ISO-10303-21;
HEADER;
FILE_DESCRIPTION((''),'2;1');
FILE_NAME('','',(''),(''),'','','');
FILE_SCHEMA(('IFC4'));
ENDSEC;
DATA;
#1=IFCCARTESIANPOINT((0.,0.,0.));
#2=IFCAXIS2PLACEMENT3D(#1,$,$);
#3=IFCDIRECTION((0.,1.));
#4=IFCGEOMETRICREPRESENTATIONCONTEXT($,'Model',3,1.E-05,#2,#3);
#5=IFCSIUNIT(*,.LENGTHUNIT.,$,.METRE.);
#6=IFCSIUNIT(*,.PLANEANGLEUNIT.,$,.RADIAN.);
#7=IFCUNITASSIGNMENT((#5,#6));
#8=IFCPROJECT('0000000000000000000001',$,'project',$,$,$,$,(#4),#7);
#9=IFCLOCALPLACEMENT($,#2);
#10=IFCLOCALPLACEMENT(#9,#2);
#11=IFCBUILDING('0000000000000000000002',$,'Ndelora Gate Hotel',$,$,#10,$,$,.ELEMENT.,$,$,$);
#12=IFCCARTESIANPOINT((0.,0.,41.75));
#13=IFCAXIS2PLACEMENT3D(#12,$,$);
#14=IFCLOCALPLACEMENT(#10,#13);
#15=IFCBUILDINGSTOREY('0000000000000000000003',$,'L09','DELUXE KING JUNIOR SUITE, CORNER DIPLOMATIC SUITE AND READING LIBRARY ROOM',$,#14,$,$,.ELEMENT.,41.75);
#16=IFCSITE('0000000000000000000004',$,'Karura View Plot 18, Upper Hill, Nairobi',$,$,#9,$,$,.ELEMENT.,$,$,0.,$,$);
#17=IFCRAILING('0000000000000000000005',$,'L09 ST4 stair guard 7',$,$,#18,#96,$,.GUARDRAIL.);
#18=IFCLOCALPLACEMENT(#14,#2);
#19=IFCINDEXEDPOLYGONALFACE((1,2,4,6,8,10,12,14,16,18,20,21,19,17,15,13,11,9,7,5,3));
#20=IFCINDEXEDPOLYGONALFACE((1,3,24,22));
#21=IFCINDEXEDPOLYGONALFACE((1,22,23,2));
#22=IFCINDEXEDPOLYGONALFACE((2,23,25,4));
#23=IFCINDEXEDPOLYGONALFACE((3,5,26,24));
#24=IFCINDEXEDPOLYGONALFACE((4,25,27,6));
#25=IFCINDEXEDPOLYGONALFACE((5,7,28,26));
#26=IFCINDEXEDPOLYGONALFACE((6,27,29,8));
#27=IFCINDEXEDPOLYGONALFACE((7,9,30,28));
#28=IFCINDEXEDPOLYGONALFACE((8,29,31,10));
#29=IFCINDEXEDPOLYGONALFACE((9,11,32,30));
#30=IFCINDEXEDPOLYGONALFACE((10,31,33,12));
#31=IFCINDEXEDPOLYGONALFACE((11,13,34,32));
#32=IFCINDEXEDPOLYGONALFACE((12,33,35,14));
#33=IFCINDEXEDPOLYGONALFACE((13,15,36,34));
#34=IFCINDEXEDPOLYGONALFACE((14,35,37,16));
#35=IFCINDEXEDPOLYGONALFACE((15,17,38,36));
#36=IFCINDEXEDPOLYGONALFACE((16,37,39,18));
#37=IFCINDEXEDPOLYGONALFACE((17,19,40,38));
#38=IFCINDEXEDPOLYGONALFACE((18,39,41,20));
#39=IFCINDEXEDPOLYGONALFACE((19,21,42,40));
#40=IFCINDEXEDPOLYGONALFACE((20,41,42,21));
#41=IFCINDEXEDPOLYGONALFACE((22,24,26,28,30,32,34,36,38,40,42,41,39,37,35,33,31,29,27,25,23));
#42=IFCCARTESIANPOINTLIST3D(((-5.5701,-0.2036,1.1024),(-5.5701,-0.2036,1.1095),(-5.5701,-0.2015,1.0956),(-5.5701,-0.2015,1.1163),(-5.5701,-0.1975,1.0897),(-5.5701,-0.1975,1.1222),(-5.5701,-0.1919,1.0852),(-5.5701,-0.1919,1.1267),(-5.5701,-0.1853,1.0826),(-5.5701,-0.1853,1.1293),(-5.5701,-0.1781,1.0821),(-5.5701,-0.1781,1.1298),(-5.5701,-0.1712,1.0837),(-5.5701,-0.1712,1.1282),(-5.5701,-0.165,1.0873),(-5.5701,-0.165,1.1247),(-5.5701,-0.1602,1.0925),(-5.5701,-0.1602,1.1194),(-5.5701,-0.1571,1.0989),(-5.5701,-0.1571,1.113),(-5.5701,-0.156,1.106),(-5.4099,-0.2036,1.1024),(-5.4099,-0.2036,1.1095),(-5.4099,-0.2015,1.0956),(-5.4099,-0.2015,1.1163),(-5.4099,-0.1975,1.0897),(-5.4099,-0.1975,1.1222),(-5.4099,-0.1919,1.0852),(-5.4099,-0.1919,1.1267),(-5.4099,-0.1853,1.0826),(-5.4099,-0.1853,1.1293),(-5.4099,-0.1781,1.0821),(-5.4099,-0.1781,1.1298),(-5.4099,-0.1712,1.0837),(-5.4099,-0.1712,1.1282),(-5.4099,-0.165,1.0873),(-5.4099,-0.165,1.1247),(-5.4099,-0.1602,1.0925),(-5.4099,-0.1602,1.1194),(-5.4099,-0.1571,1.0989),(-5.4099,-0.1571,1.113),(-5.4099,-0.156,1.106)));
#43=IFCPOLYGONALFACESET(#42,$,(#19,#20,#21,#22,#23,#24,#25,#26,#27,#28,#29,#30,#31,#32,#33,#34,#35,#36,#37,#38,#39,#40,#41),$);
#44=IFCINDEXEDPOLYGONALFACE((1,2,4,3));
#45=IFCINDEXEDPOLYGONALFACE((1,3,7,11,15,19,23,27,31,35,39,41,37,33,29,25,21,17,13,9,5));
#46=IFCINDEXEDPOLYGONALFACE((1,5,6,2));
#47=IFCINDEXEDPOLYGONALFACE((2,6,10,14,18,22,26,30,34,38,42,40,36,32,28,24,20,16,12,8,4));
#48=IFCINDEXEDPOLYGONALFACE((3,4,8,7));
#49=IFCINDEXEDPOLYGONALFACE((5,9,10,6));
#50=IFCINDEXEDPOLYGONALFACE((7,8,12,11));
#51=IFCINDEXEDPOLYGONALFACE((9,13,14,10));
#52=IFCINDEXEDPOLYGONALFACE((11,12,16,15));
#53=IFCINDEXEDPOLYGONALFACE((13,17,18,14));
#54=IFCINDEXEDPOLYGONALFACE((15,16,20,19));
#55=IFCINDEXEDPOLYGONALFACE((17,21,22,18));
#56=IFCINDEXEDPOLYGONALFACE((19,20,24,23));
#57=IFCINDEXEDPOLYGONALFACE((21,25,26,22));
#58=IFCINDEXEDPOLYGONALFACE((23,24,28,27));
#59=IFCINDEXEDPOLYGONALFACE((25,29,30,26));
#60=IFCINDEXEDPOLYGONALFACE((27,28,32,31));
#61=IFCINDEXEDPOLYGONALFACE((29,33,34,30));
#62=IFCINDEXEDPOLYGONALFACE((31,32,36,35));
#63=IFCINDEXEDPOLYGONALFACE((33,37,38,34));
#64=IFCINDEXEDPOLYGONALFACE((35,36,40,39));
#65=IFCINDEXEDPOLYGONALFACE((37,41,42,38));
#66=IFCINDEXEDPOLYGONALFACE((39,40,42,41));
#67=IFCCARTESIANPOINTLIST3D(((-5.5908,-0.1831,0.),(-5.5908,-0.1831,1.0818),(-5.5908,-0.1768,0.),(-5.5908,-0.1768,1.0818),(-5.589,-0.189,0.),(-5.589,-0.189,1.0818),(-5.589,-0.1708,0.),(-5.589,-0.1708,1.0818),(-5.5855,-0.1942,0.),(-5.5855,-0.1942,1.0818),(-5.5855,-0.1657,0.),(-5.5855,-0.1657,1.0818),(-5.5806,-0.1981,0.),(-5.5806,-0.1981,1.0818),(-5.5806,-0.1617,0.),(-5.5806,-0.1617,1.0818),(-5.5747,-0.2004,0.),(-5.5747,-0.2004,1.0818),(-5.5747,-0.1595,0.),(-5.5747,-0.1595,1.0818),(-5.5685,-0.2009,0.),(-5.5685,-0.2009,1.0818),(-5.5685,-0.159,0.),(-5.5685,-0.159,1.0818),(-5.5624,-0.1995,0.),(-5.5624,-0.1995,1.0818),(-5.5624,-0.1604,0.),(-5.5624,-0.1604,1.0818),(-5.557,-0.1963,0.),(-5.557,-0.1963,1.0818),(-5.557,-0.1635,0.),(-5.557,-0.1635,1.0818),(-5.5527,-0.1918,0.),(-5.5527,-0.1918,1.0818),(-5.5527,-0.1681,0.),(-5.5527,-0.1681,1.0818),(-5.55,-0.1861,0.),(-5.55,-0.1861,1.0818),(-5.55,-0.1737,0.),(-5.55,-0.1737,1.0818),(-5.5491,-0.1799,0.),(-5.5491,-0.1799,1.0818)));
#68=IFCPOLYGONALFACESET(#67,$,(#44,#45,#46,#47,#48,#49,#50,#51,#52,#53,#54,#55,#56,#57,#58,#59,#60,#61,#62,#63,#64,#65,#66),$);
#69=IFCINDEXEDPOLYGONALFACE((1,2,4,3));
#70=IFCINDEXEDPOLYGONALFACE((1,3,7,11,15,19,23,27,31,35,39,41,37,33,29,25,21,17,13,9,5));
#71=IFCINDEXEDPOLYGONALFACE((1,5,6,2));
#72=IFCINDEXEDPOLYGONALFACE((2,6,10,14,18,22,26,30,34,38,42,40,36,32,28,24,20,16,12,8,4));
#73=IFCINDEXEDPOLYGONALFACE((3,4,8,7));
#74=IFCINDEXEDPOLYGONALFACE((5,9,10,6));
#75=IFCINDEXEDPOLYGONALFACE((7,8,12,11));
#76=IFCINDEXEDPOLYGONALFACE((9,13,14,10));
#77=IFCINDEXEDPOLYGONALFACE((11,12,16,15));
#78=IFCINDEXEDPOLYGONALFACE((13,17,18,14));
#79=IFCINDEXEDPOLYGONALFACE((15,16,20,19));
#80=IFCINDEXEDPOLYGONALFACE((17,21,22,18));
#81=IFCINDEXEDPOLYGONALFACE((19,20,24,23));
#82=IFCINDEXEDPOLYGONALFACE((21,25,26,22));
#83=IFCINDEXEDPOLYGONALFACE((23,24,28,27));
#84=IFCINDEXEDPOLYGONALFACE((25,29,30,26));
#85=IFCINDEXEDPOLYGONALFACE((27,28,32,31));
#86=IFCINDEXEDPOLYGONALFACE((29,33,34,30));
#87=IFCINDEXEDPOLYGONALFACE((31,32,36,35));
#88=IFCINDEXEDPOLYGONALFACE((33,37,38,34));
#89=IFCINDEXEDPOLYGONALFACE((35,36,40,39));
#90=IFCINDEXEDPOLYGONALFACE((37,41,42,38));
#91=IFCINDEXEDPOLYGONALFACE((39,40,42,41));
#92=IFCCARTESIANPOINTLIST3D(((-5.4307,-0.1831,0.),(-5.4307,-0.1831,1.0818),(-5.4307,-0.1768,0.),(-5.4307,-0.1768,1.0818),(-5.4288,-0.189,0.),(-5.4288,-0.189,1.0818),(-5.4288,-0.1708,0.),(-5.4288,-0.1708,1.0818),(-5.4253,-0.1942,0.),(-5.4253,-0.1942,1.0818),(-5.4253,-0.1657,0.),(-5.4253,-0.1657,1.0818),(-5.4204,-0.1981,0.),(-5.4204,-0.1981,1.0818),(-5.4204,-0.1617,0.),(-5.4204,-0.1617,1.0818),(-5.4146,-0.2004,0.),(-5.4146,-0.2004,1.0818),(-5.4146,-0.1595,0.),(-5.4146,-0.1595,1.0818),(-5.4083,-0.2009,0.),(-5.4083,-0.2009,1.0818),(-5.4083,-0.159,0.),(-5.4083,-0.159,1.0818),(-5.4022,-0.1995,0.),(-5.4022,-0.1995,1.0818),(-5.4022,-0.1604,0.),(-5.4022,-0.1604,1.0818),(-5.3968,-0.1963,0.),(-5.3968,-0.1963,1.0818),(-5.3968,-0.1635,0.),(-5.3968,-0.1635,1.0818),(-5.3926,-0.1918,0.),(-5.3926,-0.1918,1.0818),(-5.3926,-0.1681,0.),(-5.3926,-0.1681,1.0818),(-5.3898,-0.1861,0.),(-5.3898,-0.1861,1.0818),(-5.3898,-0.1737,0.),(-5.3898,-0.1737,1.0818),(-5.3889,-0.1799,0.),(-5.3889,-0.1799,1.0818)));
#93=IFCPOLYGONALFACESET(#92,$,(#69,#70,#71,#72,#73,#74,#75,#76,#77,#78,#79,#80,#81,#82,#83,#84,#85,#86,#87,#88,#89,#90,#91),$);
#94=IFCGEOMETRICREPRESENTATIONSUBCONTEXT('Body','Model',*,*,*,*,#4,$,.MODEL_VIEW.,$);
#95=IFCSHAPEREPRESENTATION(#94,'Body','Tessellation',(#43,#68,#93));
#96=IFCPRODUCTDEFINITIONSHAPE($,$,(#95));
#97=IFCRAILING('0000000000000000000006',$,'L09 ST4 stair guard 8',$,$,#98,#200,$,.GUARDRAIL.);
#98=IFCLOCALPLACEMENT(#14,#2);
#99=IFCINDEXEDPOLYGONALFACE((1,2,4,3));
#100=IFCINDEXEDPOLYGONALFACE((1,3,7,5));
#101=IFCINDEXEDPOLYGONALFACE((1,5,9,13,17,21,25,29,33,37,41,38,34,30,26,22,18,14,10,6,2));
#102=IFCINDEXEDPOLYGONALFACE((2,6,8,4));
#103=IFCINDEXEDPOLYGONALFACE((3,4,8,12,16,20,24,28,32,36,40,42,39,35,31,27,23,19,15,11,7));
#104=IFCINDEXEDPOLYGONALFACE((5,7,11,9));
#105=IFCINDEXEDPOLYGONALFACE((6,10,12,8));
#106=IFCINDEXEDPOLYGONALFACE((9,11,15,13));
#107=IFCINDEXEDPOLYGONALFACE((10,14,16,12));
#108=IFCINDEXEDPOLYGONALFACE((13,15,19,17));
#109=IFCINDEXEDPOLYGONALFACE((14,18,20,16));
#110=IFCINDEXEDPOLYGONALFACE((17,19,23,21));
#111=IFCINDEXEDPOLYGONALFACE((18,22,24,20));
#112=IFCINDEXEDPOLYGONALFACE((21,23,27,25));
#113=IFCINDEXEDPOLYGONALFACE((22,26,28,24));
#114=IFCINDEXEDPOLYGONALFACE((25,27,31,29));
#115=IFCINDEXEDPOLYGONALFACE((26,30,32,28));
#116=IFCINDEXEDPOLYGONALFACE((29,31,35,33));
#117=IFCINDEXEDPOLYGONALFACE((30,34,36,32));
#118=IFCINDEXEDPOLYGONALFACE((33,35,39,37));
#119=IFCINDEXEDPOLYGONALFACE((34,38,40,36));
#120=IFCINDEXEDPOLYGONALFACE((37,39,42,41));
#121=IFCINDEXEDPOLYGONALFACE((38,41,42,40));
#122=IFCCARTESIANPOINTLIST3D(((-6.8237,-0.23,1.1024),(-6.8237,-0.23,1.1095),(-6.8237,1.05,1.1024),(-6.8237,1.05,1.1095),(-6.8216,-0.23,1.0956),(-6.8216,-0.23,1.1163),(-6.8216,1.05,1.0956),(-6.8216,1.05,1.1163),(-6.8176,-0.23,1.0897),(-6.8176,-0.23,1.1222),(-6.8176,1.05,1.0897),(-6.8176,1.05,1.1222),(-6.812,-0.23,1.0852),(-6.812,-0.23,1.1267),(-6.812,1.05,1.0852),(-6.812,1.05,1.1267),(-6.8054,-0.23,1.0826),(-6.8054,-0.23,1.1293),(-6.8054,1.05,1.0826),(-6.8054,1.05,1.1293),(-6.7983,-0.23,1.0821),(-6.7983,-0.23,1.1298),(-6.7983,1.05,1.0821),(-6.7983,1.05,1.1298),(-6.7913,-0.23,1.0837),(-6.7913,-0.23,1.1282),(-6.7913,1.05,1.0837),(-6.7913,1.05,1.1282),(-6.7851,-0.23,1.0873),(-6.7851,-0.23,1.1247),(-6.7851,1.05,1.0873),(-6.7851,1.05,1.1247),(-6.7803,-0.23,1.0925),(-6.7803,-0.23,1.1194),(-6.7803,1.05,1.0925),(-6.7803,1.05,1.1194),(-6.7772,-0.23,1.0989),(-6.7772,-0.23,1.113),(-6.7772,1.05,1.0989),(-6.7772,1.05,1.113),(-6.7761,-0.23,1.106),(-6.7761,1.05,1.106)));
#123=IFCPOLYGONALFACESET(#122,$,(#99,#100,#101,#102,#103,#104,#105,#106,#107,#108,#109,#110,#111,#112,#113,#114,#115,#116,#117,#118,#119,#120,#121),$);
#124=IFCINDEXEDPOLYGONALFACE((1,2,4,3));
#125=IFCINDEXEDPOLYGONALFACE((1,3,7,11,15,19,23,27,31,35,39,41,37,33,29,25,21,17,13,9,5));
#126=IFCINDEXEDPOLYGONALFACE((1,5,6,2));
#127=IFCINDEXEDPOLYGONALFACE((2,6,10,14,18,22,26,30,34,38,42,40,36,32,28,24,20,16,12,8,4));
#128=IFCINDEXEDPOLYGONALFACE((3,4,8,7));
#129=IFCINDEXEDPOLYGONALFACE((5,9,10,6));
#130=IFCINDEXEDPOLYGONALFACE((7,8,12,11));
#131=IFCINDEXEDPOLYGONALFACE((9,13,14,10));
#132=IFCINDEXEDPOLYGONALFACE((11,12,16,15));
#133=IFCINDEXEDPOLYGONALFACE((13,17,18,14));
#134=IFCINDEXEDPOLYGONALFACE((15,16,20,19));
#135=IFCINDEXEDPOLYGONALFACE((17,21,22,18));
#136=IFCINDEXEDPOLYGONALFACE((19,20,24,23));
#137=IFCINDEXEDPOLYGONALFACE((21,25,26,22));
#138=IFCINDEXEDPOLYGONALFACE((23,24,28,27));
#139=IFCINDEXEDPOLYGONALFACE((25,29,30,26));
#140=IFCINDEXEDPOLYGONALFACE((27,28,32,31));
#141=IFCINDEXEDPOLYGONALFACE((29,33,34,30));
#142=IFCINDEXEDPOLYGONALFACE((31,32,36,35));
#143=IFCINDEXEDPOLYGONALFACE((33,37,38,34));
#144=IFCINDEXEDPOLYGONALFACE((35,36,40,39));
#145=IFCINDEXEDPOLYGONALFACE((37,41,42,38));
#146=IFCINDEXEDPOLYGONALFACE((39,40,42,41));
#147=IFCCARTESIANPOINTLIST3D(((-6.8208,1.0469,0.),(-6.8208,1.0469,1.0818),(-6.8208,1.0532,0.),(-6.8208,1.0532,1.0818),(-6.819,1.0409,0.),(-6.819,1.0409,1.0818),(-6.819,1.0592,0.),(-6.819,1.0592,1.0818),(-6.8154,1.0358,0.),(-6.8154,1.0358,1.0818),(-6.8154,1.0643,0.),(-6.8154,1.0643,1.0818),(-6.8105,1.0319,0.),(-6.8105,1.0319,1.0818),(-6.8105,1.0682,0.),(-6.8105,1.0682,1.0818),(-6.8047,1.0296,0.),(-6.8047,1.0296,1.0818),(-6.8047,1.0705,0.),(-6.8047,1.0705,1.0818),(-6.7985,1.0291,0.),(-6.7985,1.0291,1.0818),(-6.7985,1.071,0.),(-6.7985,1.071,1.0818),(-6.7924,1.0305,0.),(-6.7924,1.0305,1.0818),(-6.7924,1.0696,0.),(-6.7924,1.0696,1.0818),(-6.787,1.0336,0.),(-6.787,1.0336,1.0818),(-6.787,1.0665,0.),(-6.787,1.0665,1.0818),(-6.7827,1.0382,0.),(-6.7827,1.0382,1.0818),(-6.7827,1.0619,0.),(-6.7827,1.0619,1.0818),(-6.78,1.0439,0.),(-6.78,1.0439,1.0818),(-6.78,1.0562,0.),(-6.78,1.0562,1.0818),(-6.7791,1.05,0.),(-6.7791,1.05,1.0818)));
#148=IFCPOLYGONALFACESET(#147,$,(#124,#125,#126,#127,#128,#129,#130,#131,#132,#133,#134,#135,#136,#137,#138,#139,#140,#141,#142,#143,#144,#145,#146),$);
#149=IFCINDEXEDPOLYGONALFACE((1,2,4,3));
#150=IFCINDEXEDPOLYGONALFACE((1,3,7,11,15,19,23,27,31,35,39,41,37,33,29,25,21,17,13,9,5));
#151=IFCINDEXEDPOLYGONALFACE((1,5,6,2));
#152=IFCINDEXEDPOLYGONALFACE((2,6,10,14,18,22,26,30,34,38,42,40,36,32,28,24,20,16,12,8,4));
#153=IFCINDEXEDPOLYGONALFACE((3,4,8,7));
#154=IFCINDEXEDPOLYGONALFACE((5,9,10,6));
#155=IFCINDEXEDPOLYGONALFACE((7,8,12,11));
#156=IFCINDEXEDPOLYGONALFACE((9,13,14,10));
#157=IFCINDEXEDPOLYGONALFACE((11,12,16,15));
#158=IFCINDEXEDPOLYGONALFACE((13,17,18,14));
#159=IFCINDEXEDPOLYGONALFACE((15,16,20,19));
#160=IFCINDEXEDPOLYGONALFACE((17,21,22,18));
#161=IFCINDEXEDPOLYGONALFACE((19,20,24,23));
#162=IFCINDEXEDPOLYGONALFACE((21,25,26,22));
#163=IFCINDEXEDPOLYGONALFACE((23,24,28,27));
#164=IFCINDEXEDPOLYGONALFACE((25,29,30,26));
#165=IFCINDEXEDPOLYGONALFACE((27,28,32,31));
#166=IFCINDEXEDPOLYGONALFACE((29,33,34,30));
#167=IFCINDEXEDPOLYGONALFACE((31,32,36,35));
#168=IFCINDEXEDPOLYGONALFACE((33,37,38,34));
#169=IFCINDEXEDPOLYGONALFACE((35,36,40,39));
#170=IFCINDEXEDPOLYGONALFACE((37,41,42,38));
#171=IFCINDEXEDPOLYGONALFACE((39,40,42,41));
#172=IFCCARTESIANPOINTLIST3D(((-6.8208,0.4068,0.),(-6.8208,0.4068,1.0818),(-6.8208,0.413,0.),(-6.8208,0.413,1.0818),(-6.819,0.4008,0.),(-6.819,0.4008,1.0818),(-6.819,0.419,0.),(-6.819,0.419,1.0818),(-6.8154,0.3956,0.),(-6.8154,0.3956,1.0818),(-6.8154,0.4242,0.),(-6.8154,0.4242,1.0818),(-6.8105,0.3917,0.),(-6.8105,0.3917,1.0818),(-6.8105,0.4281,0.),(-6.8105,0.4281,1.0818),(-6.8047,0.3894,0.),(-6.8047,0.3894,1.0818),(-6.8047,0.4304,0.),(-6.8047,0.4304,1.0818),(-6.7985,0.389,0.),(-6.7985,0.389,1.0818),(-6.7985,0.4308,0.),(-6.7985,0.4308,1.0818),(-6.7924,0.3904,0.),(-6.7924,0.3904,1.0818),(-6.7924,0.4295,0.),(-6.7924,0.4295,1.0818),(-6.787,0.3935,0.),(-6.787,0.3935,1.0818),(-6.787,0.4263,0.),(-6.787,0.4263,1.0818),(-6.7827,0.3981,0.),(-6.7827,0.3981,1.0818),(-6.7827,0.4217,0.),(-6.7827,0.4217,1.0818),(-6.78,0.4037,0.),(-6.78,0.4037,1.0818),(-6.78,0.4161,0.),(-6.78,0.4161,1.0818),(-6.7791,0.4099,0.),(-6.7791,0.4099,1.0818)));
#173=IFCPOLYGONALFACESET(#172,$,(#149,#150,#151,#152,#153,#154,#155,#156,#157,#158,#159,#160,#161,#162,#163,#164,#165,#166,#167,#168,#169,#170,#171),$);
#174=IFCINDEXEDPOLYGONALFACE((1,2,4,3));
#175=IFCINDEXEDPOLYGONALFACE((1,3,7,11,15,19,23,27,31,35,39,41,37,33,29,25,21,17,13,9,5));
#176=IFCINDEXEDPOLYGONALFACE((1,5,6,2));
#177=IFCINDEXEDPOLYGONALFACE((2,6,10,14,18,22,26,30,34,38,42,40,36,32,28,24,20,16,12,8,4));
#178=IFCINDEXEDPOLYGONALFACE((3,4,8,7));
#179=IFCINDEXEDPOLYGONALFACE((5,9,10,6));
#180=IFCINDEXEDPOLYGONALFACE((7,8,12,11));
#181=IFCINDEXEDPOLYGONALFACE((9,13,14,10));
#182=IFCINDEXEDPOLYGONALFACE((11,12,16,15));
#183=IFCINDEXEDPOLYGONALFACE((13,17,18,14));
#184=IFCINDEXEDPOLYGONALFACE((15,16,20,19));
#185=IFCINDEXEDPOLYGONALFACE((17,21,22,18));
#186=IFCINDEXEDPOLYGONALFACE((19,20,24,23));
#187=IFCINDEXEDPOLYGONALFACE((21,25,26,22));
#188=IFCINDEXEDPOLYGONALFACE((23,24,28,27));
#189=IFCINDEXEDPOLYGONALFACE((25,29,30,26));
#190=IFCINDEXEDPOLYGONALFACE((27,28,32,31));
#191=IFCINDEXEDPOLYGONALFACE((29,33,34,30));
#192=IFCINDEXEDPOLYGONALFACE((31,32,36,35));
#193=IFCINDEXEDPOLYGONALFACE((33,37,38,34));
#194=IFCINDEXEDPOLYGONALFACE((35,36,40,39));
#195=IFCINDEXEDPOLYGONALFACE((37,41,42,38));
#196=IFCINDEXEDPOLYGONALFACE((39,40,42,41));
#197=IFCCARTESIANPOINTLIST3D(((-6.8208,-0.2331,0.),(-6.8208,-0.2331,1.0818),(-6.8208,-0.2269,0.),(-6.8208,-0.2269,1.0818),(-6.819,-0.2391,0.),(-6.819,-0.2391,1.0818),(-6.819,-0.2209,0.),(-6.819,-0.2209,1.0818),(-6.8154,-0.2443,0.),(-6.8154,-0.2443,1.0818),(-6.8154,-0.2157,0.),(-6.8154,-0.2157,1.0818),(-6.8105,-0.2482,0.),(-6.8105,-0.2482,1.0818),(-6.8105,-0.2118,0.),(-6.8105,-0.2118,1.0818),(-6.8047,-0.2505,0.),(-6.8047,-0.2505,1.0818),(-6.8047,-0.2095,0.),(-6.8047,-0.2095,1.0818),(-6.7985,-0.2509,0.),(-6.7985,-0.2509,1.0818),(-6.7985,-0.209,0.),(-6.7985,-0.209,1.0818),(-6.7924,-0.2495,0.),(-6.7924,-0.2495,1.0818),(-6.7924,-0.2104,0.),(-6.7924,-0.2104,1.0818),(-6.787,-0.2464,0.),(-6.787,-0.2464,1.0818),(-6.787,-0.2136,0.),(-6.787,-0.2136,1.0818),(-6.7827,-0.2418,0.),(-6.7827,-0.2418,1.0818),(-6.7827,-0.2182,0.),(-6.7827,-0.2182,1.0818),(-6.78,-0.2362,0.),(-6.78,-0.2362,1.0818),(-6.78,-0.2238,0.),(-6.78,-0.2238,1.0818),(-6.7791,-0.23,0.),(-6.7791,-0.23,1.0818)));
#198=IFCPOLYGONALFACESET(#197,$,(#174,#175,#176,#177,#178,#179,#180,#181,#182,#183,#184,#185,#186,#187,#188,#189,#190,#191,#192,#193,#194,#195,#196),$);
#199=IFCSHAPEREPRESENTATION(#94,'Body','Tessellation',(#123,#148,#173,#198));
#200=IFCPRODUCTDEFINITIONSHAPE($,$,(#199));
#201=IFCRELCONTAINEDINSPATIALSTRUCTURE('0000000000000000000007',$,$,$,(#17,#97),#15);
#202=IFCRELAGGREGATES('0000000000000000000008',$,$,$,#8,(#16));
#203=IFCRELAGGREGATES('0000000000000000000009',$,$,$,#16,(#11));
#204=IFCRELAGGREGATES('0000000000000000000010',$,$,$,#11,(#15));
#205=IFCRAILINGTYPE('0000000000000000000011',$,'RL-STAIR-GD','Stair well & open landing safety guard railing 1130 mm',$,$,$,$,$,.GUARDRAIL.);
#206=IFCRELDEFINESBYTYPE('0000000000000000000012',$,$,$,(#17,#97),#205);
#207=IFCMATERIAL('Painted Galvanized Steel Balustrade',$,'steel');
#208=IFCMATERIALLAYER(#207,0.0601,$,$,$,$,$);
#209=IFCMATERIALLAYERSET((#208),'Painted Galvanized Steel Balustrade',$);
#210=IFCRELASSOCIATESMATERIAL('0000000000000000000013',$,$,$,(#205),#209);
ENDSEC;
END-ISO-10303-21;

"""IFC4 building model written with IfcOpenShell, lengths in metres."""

from ifc_helpers import new_model, si_unit, direction, frame, origin, origin_2d, place, context, subcontext, project, spatial, circle, extrude, material, layer, layer_set, type_object, element, save


model = new_model("IFC4")

# Units and contexts
model_context = context("Model", 3, precision=1e-05, world=origin(), true_north=direction((0.0, 1.0)))
body_context = subcontext(model_context, "Body", "Model", "MODEL_VIEW")
ifc_project = project(units=[si_unit("LENGTHUNIT", "METRE"), si_unit("PLANEANGLEUNIT", "RADIAN")], contexts=[model_context])

# Site, building, storey
site_placement = place(None, origin())
site = spatial("IfcSite", under=ifc_project, at=site_placement, Name="Karura View Plot 18, Upper Hill, Nairobi", CompositionType="ELEMENT", RefElevation=0.0)
building_placement = place(site_placement, origin())
building = spatial("IfcBuilding", under=site, at=building_placement, Name="Ndelora Gate Hotel", CompositionType="ELEMENT")
storey_placement = place(building_placement, frame((0.0, 0.0, 41.75)))
storey = spatial("IfcBuildingStorey", under=building, at=storey_placement, Name="L09", Description="DELUXE KING JUNIOR SUITE, CORNER DIPLOMATIC SUITE AND READING LIBRARY ROOM", CompositionType="ELEMENT", Elevation=41.75)

# Railings
ifc_material_1 = material(Name="Painted Galvanized Steel Balustrade", Category="steel")
ifc_layer_1 = layer(ifc_material_1, 0.0601)
ifc_layer_set_1 = layer_set([ifc_layer_1], Name="Painted Galvanized Steel Balustrade")
railing_type_1 = type_object("IfcRailingType", Name="RL-STAIR-GD", Description="Stair well & open landing safety guard railing 1130 mm", PredefinedType="GUARDRAIL", material=ifc_layer_set_1)
railing_1_placement = place(storey_placement, frame((-5.5701, -0.1799, 0.0)))
element("IfcRailing", 1, at=railing_1_placement, inside=storey, type_object=railing_type_1, Name="L09 ST4 stair guard 7", PredefinedType="GUARDRAIL", context=body_context, shape_type="SweptSolid", body=[
    extrude(circle(Radius=0.0239, at=origin_2d()), frame((0.0, 0.0, 1.106), z_axis=(1.0, 0.0, 0.0), x_axis=(0.0, 1.0, 0.0)), (0.0, 0.0, 1.0), 0.1602),
    extrude(circle(Radius=0.021, at=origin_2d()), origin(), (0.0, 0.0, 1.0), 1.0818),
    extrude(circle(Radius=0.021, at=origin_2d()), frame((0.1602, 0.0, 0.0)), (0.0, 0.0, 1.0), 1.0818),
])
for number, where, name in (
    (2, (-6.8, 1.05, 0.0), "L09 ST4 stair guard 8"),
):
    element("IfcRailing", number, at=place(storey_placement, frame(where)), inside=storey, type_object=railing_type_1, Name=name, PredefinedType="GUARDRAIL", context=body_context, shape_type="SweptSolid", body=[
        extrude(circle(Radius=0.0239, at=origin_2d()), frame((0.0, 0.0, 1.106), z_axis=(0.0, -1.0, 0.0), x_axis=(1.0, 0.0, 0.0)), (0.0, 0.0, 1.0), 1.28),
        extrude(circle(Radius=0.021, at=origin_2d()), origin(), (0.0, 0.0, 1.0), 1.0818),
        extrude(circle(Radius=0.021, at=origin_2d()), frame((0.0, -0.6401, 0.0)), (0.0, 0.0, 1.0), 1.0818),
        extrude(circle(Radius=0.021, at=origin_2d()), frame((0.0, -1.28, 0.0)), (0.0, 0.0, 1.0), 1.0818),
    ])

save(model, "model.ifc")
